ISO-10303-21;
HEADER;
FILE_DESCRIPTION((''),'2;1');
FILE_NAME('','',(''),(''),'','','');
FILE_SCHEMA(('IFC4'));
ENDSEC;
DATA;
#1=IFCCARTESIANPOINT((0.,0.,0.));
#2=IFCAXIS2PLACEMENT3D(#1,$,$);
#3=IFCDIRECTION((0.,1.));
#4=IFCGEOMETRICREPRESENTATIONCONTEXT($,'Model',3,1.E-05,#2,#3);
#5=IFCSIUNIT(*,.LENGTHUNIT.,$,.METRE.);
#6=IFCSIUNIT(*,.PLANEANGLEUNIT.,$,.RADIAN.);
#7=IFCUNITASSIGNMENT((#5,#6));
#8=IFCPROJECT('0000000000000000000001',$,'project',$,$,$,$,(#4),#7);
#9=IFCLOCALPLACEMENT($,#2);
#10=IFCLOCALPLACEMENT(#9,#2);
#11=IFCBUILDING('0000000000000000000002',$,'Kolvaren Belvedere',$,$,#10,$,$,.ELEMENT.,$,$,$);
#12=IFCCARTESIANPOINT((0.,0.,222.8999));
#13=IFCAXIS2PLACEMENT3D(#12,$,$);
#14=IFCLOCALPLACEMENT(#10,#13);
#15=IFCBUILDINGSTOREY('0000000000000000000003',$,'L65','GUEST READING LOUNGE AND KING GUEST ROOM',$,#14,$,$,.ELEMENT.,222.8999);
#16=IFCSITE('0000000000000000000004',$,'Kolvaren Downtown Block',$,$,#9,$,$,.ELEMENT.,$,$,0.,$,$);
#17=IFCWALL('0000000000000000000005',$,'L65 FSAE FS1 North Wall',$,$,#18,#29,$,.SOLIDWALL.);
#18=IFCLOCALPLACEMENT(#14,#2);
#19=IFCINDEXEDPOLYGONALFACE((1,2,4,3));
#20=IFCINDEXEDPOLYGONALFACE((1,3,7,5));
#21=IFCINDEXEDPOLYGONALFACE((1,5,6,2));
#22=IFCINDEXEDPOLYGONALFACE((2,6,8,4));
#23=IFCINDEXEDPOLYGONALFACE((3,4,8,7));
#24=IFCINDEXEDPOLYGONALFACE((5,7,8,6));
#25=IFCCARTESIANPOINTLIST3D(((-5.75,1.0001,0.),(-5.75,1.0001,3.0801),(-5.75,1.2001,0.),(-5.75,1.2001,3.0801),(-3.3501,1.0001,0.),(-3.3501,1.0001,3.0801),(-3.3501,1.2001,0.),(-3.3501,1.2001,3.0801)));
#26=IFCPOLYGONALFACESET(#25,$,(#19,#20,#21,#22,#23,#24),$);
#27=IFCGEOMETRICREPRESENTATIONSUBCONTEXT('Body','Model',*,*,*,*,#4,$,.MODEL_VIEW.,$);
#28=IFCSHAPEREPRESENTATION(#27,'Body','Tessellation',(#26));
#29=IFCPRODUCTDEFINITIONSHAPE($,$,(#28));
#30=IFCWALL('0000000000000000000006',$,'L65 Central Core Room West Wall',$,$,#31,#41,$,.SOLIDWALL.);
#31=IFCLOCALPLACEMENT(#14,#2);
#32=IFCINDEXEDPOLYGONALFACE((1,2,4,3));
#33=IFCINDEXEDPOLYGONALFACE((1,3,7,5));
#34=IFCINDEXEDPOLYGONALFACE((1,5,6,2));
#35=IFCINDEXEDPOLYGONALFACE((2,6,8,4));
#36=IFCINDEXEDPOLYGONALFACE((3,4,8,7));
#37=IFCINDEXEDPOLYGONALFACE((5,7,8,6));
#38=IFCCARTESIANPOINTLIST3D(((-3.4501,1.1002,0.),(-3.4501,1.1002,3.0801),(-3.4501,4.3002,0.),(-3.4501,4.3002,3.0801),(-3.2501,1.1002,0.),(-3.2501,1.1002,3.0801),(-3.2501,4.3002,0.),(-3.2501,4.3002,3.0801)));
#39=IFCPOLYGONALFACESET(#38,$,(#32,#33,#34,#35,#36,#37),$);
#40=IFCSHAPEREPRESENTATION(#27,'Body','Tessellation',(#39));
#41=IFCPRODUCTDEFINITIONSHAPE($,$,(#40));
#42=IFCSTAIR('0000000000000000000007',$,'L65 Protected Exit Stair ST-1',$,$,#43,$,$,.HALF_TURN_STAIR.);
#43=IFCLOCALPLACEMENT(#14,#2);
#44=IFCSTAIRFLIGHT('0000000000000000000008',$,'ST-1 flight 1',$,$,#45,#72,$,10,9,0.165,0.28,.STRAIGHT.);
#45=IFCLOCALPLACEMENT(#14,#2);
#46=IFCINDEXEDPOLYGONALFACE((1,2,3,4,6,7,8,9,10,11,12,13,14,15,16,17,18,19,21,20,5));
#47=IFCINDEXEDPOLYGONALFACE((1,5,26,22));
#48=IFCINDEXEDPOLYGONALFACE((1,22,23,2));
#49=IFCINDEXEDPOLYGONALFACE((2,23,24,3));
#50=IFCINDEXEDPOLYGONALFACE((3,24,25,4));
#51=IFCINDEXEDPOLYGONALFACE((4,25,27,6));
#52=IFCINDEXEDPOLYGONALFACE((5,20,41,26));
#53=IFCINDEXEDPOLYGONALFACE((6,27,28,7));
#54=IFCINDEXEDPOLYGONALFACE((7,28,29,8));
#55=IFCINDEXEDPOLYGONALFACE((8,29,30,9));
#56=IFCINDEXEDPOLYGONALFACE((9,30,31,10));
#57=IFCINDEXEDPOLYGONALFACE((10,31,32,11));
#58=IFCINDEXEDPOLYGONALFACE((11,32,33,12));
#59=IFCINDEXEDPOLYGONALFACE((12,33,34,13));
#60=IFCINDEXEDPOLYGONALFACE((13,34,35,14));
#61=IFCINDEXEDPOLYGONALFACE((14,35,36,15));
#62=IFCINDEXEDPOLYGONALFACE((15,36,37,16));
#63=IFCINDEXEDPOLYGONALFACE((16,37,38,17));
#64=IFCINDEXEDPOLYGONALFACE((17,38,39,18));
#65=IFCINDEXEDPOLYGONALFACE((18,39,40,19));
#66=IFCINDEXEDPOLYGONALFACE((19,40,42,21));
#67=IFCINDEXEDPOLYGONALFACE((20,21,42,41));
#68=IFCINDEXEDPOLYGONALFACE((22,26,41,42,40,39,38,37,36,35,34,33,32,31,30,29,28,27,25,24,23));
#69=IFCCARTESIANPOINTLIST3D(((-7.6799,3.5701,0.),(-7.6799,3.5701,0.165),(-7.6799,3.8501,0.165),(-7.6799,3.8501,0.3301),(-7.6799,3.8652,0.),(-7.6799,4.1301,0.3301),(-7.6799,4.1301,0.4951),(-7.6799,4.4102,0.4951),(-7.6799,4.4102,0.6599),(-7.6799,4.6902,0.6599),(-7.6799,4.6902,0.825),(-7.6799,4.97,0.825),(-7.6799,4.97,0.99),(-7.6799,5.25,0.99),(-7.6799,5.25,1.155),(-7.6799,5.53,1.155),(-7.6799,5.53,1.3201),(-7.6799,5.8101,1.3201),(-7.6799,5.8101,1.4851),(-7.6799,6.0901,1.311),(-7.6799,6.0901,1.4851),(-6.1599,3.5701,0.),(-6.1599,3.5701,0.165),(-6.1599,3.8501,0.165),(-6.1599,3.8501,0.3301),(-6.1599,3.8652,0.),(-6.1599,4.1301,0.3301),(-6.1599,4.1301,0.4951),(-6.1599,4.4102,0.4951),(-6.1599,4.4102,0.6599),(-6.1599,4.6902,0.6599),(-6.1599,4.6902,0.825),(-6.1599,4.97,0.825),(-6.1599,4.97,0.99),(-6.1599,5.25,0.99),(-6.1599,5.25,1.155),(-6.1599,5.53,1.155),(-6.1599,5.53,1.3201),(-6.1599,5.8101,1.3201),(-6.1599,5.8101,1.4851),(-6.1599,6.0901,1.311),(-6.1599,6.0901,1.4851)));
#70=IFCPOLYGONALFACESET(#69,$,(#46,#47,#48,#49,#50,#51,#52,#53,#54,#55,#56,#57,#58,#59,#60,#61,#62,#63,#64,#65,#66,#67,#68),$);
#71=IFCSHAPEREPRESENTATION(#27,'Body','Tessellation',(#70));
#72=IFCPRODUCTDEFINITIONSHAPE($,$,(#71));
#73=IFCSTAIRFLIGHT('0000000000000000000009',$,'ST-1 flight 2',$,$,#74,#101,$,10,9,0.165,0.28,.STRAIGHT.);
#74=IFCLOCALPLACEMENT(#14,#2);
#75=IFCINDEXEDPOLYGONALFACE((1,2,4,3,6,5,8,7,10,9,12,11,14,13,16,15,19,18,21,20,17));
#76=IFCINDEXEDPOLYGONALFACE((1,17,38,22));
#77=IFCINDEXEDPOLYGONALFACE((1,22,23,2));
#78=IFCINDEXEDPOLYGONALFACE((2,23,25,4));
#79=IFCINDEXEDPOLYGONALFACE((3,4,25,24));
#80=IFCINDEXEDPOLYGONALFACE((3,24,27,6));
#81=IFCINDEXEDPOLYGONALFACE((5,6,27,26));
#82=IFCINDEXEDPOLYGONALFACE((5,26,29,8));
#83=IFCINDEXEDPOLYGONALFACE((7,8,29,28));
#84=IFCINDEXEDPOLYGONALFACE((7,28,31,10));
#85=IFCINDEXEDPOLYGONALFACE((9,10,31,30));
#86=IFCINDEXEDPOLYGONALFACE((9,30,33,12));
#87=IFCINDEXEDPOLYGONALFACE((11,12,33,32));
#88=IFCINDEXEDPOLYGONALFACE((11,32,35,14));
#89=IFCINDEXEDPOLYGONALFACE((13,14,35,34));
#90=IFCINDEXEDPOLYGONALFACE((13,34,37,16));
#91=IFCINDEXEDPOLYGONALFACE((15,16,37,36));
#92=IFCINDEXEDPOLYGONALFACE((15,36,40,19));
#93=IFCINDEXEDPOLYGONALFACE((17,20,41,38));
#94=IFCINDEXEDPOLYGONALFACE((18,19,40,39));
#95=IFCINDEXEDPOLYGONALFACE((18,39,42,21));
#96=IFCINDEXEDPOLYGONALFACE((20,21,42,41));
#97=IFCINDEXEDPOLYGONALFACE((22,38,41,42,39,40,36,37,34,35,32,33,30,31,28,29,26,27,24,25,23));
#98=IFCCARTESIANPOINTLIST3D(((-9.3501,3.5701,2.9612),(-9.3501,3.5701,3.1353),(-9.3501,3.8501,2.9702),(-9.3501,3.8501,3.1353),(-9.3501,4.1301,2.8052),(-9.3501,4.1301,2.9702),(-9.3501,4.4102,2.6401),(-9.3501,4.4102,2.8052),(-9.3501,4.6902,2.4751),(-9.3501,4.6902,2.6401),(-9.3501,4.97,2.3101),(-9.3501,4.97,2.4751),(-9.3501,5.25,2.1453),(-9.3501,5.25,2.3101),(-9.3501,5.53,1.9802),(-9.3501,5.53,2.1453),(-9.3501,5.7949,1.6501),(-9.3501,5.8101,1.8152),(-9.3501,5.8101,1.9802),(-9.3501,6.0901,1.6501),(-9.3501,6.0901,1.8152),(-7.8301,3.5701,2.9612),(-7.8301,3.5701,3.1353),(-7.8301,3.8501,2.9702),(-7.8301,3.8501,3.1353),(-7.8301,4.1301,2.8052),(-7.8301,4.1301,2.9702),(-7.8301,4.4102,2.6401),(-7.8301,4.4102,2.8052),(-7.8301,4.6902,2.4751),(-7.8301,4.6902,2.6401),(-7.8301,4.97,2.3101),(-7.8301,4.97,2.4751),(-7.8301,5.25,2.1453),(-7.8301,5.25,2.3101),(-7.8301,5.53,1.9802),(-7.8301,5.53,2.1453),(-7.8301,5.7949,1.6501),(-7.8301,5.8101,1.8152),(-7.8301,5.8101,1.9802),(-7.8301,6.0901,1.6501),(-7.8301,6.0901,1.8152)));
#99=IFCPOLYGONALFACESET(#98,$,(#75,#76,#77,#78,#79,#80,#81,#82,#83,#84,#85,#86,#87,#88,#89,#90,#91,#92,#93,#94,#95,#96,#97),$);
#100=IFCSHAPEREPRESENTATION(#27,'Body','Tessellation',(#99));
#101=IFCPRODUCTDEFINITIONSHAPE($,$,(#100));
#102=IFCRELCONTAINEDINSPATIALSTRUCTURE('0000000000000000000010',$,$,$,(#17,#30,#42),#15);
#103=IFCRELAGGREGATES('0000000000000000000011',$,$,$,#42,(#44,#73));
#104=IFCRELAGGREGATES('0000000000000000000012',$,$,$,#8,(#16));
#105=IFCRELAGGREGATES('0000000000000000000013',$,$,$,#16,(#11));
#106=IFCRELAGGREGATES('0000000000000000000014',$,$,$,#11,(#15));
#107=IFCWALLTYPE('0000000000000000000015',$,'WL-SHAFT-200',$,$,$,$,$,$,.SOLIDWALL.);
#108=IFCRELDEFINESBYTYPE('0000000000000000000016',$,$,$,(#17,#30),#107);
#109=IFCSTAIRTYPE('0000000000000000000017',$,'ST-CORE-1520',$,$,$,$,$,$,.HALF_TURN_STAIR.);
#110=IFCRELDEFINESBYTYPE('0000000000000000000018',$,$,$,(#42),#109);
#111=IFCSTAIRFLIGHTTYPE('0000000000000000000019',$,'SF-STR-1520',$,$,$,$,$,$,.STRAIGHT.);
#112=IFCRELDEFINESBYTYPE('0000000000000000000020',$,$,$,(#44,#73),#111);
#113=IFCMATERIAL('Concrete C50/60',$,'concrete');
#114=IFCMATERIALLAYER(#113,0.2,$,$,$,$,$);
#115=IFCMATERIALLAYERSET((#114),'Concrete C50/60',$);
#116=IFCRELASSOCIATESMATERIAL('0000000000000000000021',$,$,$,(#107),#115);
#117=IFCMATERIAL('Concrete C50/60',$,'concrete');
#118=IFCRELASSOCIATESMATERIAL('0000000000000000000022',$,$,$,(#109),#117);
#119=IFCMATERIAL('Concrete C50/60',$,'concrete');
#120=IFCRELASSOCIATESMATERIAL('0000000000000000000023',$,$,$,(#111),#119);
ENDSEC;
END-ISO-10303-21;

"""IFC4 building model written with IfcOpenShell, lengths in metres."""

from ifc_helpers import new_model, si_unit, direction, frame, frame_2d, origin, place, context, subcontext, project, spatial, polyline, rectangle, outline, extrude, material, layer, layer_set, type_object, element, aggregate, save


model = new_model("IFC4")

# Units and contexts
model_context = context("Model", 3, precision=1e-05, world=origin(), true_north=direction((0.0, 1.0)))
body_context = subcontext(model_context, "Body", "Model", "MODEL_VIEW")
ifc_project = project(units=[si_unit("LENGTHUNIT", "METRE"), si_unit("PLANEANGLEUNIT", "RADIAN")], contexts=[model_context])

# Site, building, storey
site_placement = place(None, origin())
site = spatial("IfcSite", under=ifc_project, at=site_placement, Name="Kolvaren Downtown Block", CompositionType="ELEMENT", RefElevation=0.0)
building_placement = place(site_placement, origin())
building = spatial("IfcBuilding", under=site, at=building_placement, Name="Kolvaren Belvedere", CompositionType="ELEMENT")
storey_placement = place(building_placement, frame((0.0, 0.0, 222.8999)))
storey = spatial("IfcBuildingStorey", under=building, at=storey_placement, Name="L65", Description="GUEST READING LOUNGE AND KING GUEST ROOM", CompositionType="ELEMENT", Elevation=222.8999)

# Walls
ifc_material_1 = material(Name="Concrete C50/60", Category="concrete")
ifc_layer_1 = layer(ifc_material_1, 0.2)
ifc_layer_set_1 = layer_set([ifc_layer_1], Name="Concrete C50/60")
wall_type_1 = type_object("IfcWallType", Name="WL-SHAFT-200", PredefinedType="SOLIDWALL", material=ifc_layer_set_1)
wall_1_placement = place(storey_placement, frame((-5.75, 1.1001, 0.0), z_axis=(0.0, 0.0, 1.0), x_axis=(1.0, 0.0, 0.0)))
element("IfcWall", 1, at=wall_1_placement, inside=storey, type_object=wall_type_1, Name="L65 FSAE FS1 North Wall", PredefinedType="SOLIDWALL", context=body_context, shape_type="SweptSolid", body=[
    extrude(rectangle(XDim=2.3999, YDim=0.2, at=frame_2d((1.2, 0.0))), origin(), (0.0, 0.0, 1.0), 3.0801),
])
wall_2_placement = place(storey_placement, frame((-3.3501, 1.1001, 0.0), z_axis=(0.0, 0.0, 1.0), x_axis=(0.0, 1.0, 0.0)))
element("IfcWall", 2, at=wall_2_placement, inside=storey, type_object=wall_type_1, Name="L65 Central Core Room West Wall", PredefinedType="SOLIDWALL", context=body_context, shape_type="SweptSolid", body=[
    extrude(rectangle(XDim=3.2, YDim=0.2, at=frame_2d((1.6001, 0.0))), origin(), (0.0, 0.0, 1.0), 3.0801),
])

# Stair, stair flights
ifc_material_2 = material(Name="Concrete C50/60", Category="concrete")
stair_type = type_object("IfcStairType", Name="ST-CORE-1520", PredefinedType="HALF_TURN_STAIR", material=ifc_material_2)
stair_placement = place(storey_placement, origin())
stair = element("IfcStair", 3, at=stair_placement, inside=storey, type_object=stair_type, Name="L65 Protected Exit Stair ST-1", PredefinedType="HALF_TURN_STAIR")
ifc_material_3 = material(Name="Concrete C50/60", Category="concrete")
stair_flight_type = type_object("IfcStairFlightType", Name="SF-STR-1520", PredefinedType="STRAIGHT", material=ifc_material_3)
stair_flight_1_placement = place(storey_placement, frame((-6.9199, 3.5701, 0.0), z_axis=(0.0, 0.0, 1.0), x_axis=(0.0, 1.0, 0.0)))
stair_flight_1 = element("IfcStairFlight", 4, at=stair_flight_1_placement, type_object=stair_flight_type, Name="ST-1 flight 1", NumberOfRisers=10, NumberOfTreads=9, PredefinedType="STRAIGHT", RiserHeight=0.165, TreadLength=0.28, context=body_context, shape_type="SweptSolid", body=[
    extrude(outline(polyline([(0.0, 0.0), (0.0, 0.165), (0.28, 0.165), (0.28, 0.3301), (0.5601, 0.3301), (0.5601, 0.4951), (0.8401, 0.4951), (0.8401, 0.6599), (1.1201, 0.6599), (1.1201, 0.825), (1.3999, 0.825), (1.3999, 0.99), (1.6799, 0.99), (1.6799, 1.155), (1.96, 1.155), (1.96, 1.3201), (2.24, 1.3201), (2.24, 1.4851), (2.52, 1.4851), (2.52, 1.6499), (2.52, 1.311), (0.2952, 0.0), (0.0, 0.0)])), frame((0.0, 0.76, 0.0), z_axis=(0.0, -1.0, 0.0), x_axis=(1.0, 0.0, 0.0)), (0.0, 0.0, 1.0), 1.52),
])
stair_flight_2_placement = place(storey_placement, frame((-8.5901, 6.0901, 1.6501), z_axis=(0.0, 0.0, 1.0), x_axis=(0.0, -1.0, 0.0)))
stair_flight_2 = element("IfcStairFlight", 5, at=stair_flight_2_placement, type_object=stair_flight_type, Name="ST-1 flight 2", NumberOfRisers=10, NumberOfTreads=9, PredefinedType="STRAIGHT", RiserHeight=0.165, TreadLength=0.28, context=body_context, shape_type="SweptSolid", body=[
    extrude(outline(polyline([(0.0, 0.0), (0.0, 0.165), (0.28, 0.165), (0.28, 0.3301), (0.5601, 0.3301), (0.5601, 0.4951), (0.8401, 0.4951), (0.8401, 0.6599), (1.1201, 0.6599), (1.1201, 0.825), (1.3999, 0.825), (1.3999, 0.99), (1.6799, 0.99), (1.6799, 1.155), (1.96, 1.155), (1.96, 1.3201), (2.24, 1.3201), (2.24, 1.4851), (2.52, 1.4851), (2.52, 1.6499), (2.52, 1.311), (0.2952, 0.0), (0.0, 0.0)])), frame((0.0, 0.76, 0.0), z_axis=(0.0, -1.0, 0.0), x_axis=(1.0, 0.0, 0.0)), (0.0, 0.0, 1.0), 1.52),
])
aggregate(stair, [stair_flight_1, stair_flight_2])

save(model, "model.ifc")
